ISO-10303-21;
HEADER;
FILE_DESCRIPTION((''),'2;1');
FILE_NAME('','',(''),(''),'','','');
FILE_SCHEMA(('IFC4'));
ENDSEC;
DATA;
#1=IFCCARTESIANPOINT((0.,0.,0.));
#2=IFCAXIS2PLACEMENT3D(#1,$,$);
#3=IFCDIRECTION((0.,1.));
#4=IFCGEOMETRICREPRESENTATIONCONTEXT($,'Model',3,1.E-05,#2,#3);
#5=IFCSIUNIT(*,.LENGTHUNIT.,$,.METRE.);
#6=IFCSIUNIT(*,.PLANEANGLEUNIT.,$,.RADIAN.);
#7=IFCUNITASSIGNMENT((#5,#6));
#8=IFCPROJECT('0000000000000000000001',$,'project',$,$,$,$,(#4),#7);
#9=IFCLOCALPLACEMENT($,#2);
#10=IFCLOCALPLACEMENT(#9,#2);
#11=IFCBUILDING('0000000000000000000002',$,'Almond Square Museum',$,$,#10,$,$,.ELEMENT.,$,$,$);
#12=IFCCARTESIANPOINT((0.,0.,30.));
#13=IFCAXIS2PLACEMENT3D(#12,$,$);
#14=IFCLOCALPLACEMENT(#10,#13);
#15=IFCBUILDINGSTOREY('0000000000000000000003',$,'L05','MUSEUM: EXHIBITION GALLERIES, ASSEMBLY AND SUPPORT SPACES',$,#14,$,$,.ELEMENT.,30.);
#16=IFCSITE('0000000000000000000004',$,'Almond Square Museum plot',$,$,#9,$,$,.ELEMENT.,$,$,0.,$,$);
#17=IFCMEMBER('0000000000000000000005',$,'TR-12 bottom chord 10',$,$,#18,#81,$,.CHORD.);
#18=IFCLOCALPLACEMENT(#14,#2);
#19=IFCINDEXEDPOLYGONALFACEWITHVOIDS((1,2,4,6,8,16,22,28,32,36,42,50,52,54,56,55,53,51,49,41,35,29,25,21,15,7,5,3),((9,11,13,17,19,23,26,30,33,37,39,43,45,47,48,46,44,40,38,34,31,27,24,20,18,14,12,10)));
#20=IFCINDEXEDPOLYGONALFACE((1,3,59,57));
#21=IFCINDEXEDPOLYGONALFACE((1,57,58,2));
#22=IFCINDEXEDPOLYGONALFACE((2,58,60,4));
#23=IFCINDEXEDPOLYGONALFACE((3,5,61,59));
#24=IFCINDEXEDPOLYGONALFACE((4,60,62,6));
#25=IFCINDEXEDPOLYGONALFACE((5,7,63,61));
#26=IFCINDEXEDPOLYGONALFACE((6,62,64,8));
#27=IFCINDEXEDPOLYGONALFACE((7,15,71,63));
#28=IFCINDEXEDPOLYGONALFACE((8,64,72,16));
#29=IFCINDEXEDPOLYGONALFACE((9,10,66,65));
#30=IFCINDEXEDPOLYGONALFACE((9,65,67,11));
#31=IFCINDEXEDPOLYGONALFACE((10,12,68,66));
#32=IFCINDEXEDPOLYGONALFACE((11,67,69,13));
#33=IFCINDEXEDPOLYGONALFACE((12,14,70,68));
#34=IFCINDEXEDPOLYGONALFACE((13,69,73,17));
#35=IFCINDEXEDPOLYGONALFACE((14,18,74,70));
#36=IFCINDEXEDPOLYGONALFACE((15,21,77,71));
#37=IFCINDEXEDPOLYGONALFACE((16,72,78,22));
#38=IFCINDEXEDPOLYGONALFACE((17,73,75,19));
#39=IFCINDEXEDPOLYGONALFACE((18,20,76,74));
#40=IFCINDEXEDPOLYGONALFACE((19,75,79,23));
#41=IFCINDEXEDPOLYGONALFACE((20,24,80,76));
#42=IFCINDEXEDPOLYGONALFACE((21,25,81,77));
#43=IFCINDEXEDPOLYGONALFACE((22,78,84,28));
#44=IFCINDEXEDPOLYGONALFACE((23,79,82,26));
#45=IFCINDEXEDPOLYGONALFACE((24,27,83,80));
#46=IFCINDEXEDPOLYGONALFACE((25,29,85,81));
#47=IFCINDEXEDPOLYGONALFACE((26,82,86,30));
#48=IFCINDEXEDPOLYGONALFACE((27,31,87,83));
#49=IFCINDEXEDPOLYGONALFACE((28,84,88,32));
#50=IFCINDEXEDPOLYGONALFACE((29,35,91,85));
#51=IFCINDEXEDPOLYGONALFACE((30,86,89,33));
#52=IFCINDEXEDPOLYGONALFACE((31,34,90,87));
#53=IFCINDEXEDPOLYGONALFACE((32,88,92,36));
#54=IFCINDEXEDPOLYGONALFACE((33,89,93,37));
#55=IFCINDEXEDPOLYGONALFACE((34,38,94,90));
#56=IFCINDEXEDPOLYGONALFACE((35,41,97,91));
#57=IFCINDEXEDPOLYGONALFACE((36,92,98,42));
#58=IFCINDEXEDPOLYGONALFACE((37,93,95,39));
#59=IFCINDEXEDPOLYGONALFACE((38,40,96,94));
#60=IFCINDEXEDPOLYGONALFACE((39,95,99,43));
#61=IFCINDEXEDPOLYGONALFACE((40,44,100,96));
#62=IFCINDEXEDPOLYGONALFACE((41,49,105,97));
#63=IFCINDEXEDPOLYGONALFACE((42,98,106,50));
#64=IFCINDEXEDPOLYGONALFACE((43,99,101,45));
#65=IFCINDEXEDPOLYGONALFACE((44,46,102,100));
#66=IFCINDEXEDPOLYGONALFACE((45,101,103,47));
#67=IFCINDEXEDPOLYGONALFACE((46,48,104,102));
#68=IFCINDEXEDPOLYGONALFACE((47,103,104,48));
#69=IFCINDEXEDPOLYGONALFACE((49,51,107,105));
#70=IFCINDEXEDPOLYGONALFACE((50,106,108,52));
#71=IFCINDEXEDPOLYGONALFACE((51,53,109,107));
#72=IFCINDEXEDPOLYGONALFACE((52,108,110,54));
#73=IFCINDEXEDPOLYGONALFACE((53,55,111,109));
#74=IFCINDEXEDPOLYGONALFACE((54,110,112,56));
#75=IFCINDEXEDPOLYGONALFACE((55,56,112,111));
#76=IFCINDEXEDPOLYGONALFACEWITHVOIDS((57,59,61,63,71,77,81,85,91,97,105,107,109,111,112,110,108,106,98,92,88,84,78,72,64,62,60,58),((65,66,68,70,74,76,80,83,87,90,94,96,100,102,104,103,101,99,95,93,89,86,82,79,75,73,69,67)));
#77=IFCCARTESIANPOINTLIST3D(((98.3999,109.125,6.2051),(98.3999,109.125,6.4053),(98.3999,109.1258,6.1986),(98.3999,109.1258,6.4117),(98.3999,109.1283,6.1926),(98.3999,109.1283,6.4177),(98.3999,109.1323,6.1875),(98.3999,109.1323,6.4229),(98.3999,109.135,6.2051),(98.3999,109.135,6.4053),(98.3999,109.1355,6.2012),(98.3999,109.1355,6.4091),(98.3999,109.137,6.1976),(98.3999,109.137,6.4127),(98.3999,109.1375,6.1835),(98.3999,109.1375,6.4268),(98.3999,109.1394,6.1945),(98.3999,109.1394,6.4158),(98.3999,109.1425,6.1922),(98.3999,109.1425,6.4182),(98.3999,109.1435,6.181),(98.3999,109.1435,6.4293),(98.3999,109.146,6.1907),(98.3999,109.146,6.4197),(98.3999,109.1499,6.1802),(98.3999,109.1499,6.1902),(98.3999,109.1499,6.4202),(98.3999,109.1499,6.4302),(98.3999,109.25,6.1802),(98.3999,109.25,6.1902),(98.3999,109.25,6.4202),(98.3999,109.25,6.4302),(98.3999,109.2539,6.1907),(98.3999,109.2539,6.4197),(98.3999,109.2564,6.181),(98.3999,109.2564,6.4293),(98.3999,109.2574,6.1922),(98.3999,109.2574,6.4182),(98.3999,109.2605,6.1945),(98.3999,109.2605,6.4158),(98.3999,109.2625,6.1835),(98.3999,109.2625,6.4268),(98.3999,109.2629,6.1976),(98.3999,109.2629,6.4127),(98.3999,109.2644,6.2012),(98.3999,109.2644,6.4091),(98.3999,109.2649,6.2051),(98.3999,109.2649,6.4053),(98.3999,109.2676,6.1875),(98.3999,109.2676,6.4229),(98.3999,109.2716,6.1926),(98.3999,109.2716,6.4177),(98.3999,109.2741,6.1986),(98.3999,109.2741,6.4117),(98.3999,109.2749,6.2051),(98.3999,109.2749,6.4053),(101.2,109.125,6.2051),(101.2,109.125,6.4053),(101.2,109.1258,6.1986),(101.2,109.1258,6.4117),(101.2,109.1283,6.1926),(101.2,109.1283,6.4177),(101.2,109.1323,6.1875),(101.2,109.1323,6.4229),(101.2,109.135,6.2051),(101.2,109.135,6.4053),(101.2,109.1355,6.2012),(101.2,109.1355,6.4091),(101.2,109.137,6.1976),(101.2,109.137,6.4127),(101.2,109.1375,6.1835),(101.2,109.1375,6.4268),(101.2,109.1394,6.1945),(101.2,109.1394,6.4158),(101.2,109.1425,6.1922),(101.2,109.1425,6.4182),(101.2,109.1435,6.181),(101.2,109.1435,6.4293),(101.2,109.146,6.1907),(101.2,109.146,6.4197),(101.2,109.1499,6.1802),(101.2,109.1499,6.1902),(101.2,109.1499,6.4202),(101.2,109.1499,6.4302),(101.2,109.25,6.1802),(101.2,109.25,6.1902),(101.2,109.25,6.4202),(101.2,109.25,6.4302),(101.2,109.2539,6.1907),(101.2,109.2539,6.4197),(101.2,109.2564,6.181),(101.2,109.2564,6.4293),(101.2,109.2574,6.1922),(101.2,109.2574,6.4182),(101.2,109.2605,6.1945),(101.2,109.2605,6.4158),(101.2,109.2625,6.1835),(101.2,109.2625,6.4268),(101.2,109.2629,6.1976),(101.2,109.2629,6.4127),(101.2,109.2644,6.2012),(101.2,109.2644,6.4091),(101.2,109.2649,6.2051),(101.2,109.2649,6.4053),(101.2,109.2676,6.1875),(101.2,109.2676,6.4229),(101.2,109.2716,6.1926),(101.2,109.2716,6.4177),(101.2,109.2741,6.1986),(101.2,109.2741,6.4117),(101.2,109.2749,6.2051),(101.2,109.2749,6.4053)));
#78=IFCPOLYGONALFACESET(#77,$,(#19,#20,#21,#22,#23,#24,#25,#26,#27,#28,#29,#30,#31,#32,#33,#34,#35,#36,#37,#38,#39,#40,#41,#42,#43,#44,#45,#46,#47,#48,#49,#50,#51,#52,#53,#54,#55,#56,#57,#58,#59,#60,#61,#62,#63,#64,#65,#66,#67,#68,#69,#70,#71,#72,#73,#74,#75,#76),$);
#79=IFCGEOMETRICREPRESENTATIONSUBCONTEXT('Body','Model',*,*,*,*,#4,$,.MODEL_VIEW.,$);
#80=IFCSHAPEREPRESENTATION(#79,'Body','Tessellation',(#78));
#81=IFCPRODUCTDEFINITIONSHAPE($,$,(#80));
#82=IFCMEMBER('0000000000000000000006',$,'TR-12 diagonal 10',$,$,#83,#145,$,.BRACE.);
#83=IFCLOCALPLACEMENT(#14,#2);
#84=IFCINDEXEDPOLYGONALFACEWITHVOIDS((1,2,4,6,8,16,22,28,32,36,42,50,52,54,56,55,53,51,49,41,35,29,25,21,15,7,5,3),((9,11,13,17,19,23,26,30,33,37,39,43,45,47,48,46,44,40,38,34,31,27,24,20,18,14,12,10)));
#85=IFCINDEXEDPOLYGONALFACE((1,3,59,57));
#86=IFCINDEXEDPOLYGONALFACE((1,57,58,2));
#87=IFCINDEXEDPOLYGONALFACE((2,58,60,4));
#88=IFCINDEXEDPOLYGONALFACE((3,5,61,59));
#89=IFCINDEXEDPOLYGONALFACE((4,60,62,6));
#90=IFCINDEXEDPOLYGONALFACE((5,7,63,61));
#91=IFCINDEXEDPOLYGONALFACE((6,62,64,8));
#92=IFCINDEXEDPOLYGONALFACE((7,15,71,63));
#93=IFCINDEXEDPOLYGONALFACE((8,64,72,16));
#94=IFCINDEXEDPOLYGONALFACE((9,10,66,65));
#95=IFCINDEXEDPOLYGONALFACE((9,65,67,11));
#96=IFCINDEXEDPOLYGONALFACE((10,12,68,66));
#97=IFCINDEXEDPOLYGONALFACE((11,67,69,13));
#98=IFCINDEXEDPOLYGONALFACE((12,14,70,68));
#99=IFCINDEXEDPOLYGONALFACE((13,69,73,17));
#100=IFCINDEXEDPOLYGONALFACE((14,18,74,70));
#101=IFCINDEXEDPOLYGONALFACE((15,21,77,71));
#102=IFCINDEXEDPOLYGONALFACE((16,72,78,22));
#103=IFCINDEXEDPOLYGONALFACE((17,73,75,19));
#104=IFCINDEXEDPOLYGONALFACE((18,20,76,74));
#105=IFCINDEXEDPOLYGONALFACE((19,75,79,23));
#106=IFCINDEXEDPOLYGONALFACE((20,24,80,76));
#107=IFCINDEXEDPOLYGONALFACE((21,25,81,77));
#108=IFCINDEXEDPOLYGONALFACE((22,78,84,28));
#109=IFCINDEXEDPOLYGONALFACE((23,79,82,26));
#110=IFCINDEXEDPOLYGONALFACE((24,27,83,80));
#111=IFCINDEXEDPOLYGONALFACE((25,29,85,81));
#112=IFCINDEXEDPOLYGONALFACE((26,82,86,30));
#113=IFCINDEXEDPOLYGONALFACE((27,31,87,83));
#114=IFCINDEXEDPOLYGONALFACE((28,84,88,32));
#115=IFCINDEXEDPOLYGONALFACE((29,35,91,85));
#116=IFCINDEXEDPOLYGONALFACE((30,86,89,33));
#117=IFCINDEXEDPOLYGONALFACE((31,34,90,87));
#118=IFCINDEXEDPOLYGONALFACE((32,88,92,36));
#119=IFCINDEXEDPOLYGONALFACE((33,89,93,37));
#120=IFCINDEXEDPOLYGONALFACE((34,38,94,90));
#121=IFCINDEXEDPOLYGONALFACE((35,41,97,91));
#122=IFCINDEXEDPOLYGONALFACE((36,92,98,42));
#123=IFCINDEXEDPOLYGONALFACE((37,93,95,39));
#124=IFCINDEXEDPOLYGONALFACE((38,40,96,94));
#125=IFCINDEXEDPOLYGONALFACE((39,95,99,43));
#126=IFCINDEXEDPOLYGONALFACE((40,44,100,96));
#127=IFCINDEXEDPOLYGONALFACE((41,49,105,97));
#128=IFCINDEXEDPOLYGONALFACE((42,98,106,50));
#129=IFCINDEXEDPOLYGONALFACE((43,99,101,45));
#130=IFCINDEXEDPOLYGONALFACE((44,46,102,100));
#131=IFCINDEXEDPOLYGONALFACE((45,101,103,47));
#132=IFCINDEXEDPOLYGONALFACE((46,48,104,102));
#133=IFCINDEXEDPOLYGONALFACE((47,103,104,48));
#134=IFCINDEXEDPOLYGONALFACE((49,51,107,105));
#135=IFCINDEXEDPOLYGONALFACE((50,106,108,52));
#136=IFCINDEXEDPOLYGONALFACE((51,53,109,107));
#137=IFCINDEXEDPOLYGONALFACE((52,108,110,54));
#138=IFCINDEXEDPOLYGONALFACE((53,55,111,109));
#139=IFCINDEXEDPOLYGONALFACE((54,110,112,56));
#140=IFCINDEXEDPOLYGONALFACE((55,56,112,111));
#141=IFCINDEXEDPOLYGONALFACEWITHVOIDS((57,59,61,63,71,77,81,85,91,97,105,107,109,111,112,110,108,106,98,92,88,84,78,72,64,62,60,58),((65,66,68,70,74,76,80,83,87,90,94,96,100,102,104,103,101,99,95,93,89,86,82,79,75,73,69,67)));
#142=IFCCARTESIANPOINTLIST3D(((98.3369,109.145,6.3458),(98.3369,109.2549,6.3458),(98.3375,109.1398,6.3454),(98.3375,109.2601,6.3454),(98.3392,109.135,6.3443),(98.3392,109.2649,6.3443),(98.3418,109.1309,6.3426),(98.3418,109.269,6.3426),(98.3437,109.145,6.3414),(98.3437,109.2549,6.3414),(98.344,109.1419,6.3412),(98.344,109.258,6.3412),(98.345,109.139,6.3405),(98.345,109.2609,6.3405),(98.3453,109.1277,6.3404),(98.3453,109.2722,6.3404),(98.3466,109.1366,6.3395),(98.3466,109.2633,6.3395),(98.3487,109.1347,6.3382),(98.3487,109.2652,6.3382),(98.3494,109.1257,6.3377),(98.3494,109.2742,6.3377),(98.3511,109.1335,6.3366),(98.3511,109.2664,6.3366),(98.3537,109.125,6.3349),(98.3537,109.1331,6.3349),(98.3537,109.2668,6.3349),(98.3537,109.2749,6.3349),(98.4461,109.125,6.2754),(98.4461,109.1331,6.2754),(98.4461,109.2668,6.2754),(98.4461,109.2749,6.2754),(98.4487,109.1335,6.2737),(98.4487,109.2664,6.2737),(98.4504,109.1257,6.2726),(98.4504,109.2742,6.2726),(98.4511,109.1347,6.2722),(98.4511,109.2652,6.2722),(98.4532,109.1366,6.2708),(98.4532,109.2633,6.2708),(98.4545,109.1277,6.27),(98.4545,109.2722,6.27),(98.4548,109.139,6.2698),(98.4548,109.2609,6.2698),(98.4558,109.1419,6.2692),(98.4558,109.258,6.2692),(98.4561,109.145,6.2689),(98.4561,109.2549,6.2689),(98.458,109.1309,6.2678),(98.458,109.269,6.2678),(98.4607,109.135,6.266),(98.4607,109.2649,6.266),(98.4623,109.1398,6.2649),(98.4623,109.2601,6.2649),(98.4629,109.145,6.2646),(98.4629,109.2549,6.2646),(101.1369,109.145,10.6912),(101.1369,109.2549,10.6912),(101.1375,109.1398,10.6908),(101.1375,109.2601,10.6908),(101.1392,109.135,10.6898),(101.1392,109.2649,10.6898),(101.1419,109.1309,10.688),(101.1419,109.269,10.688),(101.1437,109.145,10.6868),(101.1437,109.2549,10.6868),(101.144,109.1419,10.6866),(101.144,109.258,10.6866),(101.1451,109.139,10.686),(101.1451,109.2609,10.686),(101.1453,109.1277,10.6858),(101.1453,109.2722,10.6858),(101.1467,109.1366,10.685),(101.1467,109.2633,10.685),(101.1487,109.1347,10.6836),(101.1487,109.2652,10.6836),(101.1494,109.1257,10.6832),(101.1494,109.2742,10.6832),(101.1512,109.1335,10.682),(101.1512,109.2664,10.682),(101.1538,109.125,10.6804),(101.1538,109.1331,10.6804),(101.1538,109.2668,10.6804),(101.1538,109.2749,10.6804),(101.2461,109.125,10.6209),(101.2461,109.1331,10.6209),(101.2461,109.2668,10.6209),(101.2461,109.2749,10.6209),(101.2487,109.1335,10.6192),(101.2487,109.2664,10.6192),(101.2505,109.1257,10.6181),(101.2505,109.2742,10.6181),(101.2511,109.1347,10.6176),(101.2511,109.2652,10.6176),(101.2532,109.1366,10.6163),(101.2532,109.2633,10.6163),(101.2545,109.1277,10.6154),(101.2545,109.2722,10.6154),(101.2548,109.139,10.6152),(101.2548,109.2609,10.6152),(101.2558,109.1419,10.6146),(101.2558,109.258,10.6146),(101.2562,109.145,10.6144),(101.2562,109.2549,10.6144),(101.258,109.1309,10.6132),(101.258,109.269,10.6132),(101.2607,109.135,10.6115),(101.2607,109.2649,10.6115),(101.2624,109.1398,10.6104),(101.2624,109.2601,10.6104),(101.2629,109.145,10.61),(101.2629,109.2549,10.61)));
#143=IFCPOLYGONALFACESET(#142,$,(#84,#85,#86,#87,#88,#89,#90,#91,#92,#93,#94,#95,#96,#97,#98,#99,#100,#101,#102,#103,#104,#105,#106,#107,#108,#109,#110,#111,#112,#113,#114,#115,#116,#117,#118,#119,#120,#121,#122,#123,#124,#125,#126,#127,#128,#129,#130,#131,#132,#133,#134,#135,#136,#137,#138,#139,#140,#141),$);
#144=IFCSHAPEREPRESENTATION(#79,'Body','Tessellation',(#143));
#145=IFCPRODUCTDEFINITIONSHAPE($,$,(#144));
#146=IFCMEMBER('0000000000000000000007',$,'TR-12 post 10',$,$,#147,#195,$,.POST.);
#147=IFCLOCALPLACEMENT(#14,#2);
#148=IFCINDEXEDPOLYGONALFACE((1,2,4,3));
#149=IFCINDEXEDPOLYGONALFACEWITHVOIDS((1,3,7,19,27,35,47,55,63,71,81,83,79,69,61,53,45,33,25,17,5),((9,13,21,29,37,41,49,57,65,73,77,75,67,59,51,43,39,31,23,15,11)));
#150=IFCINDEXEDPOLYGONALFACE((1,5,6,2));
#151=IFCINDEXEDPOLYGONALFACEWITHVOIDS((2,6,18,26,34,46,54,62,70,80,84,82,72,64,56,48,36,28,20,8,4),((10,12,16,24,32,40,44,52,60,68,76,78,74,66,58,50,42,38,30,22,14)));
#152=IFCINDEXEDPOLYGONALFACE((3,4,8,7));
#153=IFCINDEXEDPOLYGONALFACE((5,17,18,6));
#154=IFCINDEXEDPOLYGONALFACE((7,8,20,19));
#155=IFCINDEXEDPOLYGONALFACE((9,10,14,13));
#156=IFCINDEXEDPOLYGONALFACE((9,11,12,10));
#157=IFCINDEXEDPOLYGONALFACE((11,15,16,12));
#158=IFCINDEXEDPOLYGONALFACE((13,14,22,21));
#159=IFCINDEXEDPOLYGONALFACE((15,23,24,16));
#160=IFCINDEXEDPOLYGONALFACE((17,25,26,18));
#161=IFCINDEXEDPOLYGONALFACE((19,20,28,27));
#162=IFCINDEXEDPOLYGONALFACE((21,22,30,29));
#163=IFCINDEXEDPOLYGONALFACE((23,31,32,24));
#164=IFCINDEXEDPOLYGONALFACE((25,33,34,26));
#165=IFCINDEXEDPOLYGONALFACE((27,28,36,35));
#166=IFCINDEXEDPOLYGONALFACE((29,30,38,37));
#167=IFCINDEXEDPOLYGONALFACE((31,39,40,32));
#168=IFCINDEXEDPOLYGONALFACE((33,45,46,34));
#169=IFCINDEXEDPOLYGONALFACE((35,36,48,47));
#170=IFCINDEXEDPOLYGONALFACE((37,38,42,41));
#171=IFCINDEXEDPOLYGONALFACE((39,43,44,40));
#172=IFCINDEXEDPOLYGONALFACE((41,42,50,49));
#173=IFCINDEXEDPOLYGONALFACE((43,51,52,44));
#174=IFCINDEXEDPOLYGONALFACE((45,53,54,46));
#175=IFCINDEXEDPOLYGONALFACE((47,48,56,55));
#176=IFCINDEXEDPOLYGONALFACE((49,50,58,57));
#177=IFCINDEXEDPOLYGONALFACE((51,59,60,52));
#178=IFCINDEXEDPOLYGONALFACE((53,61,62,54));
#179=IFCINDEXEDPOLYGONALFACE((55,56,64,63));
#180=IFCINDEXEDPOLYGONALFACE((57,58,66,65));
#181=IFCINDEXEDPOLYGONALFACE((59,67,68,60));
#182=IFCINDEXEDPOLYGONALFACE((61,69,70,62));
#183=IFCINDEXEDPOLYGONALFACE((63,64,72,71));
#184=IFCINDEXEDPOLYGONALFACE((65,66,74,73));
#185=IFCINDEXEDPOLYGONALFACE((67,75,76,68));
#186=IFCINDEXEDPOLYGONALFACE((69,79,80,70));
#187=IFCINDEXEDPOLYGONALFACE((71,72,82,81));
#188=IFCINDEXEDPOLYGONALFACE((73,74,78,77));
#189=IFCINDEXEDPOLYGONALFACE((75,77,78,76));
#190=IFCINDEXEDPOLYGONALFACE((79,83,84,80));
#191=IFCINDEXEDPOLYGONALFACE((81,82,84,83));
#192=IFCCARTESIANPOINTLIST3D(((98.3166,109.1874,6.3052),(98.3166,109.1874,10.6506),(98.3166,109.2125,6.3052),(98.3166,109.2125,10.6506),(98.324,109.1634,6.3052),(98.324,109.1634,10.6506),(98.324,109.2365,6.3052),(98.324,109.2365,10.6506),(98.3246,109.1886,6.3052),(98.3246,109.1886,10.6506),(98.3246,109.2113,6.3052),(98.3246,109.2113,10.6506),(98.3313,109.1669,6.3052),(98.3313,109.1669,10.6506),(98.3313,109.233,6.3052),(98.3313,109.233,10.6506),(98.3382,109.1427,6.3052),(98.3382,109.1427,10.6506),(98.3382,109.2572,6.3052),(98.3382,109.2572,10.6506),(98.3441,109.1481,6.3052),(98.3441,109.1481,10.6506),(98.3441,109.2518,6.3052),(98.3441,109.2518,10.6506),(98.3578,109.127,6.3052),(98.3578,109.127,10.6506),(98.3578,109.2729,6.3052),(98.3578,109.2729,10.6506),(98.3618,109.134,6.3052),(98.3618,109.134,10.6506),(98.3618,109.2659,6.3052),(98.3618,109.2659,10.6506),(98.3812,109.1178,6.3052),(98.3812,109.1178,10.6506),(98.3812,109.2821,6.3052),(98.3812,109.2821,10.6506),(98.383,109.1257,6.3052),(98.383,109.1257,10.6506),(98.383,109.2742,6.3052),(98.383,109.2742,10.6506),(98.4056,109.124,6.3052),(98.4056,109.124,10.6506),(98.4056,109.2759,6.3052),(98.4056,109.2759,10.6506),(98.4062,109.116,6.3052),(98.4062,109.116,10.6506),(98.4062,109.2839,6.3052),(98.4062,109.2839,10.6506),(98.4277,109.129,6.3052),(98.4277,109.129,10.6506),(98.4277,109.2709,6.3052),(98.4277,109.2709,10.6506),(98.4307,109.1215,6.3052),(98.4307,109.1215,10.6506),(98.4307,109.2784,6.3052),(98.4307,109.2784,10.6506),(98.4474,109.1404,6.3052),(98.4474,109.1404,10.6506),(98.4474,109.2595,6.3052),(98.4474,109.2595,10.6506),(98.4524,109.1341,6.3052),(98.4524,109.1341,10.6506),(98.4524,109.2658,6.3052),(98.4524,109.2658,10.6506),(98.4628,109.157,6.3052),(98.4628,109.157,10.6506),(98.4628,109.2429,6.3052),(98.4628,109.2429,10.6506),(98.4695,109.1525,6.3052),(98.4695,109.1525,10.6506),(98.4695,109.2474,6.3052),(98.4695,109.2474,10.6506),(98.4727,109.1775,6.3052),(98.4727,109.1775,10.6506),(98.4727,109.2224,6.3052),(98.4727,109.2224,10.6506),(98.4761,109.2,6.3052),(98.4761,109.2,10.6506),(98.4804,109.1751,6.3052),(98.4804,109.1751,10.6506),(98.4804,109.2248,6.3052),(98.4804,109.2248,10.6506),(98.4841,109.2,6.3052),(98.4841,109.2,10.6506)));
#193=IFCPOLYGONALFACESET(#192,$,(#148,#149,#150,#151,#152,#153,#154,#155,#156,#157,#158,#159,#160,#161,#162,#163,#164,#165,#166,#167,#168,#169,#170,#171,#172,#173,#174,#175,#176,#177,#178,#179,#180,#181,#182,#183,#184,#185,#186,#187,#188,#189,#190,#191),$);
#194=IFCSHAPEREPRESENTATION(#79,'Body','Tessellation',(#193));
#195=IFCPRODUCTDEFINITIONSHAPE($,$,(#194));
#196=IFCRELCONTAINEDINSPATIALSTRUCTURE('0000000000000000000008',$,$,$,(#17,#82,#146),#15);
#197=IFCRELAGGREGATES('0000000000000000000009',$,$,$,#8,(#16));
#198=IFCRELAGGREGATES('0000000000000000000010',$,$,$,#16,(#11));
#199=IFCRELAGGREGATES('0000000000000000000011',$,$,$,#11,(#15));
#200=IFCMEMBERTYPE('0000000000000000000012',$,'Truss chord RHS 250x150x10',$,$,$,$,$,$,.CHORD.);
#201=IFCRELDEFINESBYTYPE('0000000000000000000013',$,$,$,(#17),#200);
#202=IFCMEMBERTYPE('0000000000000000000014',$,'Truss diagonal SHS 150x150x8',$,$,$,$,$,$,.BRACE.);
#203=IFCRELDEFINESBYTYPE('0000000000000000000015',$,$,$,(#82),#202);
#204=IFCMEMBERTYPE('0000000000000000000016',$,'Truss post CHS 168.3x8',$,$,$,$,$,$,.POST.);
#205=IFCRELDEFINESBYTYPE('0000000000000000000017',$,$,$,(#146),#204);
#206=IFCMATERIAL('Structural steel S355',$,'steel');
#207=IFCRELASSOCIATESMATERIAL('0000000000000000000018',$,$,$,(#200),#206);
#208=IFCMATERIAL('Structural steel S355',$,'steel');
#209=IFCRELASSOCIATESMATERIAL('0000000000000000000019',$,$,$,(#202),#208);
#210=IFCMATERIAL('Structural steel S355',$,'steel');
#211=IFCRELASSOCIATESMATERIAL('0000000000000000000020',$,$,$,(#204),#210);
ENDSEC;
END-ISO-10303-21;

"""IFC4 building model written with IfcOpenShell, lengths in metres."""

from ifc_helpers import new_model, si_unit, direction, frame, origin, origin_2d, place, context, subcontext, project, spatial, hollow_rectangle, hollow_circle, extrude, material, material_profile, profile_set, type_object, element, save


model = new_model("IFC4")

# Units and contexts
model_context = context("Model", 3, precision=1e-05, world=origin(), true_north=direction((0.0, 1.0)))
body_context = subcontext(model_context, "Body", "Model", "MODEL_VIEW")
ifc_project = project(units=[si_unit("LENGTHUNIT", "METRE"), si_unit("PLANEANGLEUNIT", "RADIAN")], contexts=[model_context])

# Site, building, storey
site_placement = place(None, origin())
site = spatial("IfcSite", under=ifc_project, at=site_placement, Name="Almond Square Museum plot", CompositionType="ELEMENT", RefElevation=0.0)
building_placement = place(site_placement, origin())
building = spatial("IfcBuilding", under=site, at=building_placement, Name="Almond Square Museum", CompositionType="ELEMENT")
storey_placement = place(building_placement, frame((0.0, 0.0, 30.0)))
storey = spatial("IfcBuildingStorey", under=building, at=storey_placement, Name="L05", Description="MUSEUM: EXHIBITION GALLERIES, ASSEMBLY AND SUPPORT SPACES", CompositionType="ELEMENT", Elevation=30.0)

# Members
ifc_material_1 = material(Name="Structural steel S355", Category="steel")
ifc_material_profile_1 = material_profile(ifc_material_1, hollow_rectangle(XDim=0.1499, YDim=0.25, WallThickness=0.01, InnerFilletRadius=0.0149, OuterFilletRadius=0.0249, at=origin_2d()))
ifc_profile_set_1 = profile_set([ifc_material_profile_1], Name="Structural steel S355")
member_type_1 = type_object("IfcMemberType", Name="Truss chord RHS 250x150x10", PredefinedType="CHORD", material=ifc_profile_set_1)
member_1_placement = place(storey_placement, frame((98.3999, 109.2, 6.3052), z_axis=(1.0, 0.0, 0.0), x_axis=(0.0, 1.0, 0.0)))
element("IfcMember", 1, at=member_1_placement, inside=storey, type_object=member_type_1, Name="TR-12 bottom chord 10", PredefinedType="CHORD", context=body_context, shape_type="SweptSolid", body=[
    extrude(hollow_rectangle(XDim=0.1499, YDim=0.25, WallThickness=0.01, InnerFilletRadius=0.0149, OuterFilletRadius=0.0249, at=origin_2d()), origin(), (0.0, 0.0, 1.0), 2.8),
])
ifc_material_2 = material(Name="Structural steel S355", Category="steel")
ifc_material_profile_2 = material_profile(ifc_material_2, hollow_rectangle(XDim=0.1499, YDim=0.1499, WallThickness=0.0081, InnerFilletRadius=0.012, OuterFilletRadius=0.02, at=origin_2d()))
ifc_profile_set_2 = profile_set([ifc_material_profile_2], Name="Structural steel S355")
member_type_2 = type_object("IfcMemberType", Name="Truss diagonal SHS 150x150x8", PredefinedType="BRACE", material=ifc_profile_set_2)
member_2_placement = place(storey_placement, frame((98.3999, 109.2, 6.3052), z_axis=(0.541652, 0.0, 0.840603), x_axis=(0.0, 1.0, 0.0)))
element("IfcMember", 2, at=member_2_placement, inside=storey, type_object=member_type_2, Name="TR-12 diagonal 10", PredefinedType="BRACE", context=body_context, shape_type="SweptSolid", body=[
    extrude(hollow_rectangle(XDim=0.1499, YDim=0.1499, WallThickness=0.0081, InnerFilletRadius=0.012, OuterFilletRadius=0.02, at=origin_2d()), origin(), (0.0, 0.0, 1.0), 5.1694),
])
ifc_material_3 = material(Name="Structural steel S355", Category="steel")
ifc_material_profile_3 = material_profile(ifc_material_3, hollow_circle(Radius=0.0842, WallThickness=0.0081, at=origin_2d()))
ifc_profile_set_3 = profile_set([ifc_material_profile_3], Name="Structural steel S355")
member_type_3 = type_object("IfcMemberType", Name="Truss post CHS 168.3x8", PredefinedType="POST", material=ifc_profile_set_3)
member_3_placement = place(storey_placement, frame((98.3999, 109.2, 6.3052), z_axis=(0.0, 0.0, 1.0), x_axis=(1.0, 0.0, 0.0)))
element("IfcMember", 3, at=member_3_placement, inside=storey, type_object=member_type_3, Name="TR-12 post 10", PredefinedType="POST", context=body_context, shape_type="SweptSolid", body=[
    extrude(hollow_circle(Radius=0.0842, WallThickness=0.0081, at=origin_2d()), origin(), (0.0, 0.0, 1.0), 4.3455),
])

save(model, "model.ifc")
